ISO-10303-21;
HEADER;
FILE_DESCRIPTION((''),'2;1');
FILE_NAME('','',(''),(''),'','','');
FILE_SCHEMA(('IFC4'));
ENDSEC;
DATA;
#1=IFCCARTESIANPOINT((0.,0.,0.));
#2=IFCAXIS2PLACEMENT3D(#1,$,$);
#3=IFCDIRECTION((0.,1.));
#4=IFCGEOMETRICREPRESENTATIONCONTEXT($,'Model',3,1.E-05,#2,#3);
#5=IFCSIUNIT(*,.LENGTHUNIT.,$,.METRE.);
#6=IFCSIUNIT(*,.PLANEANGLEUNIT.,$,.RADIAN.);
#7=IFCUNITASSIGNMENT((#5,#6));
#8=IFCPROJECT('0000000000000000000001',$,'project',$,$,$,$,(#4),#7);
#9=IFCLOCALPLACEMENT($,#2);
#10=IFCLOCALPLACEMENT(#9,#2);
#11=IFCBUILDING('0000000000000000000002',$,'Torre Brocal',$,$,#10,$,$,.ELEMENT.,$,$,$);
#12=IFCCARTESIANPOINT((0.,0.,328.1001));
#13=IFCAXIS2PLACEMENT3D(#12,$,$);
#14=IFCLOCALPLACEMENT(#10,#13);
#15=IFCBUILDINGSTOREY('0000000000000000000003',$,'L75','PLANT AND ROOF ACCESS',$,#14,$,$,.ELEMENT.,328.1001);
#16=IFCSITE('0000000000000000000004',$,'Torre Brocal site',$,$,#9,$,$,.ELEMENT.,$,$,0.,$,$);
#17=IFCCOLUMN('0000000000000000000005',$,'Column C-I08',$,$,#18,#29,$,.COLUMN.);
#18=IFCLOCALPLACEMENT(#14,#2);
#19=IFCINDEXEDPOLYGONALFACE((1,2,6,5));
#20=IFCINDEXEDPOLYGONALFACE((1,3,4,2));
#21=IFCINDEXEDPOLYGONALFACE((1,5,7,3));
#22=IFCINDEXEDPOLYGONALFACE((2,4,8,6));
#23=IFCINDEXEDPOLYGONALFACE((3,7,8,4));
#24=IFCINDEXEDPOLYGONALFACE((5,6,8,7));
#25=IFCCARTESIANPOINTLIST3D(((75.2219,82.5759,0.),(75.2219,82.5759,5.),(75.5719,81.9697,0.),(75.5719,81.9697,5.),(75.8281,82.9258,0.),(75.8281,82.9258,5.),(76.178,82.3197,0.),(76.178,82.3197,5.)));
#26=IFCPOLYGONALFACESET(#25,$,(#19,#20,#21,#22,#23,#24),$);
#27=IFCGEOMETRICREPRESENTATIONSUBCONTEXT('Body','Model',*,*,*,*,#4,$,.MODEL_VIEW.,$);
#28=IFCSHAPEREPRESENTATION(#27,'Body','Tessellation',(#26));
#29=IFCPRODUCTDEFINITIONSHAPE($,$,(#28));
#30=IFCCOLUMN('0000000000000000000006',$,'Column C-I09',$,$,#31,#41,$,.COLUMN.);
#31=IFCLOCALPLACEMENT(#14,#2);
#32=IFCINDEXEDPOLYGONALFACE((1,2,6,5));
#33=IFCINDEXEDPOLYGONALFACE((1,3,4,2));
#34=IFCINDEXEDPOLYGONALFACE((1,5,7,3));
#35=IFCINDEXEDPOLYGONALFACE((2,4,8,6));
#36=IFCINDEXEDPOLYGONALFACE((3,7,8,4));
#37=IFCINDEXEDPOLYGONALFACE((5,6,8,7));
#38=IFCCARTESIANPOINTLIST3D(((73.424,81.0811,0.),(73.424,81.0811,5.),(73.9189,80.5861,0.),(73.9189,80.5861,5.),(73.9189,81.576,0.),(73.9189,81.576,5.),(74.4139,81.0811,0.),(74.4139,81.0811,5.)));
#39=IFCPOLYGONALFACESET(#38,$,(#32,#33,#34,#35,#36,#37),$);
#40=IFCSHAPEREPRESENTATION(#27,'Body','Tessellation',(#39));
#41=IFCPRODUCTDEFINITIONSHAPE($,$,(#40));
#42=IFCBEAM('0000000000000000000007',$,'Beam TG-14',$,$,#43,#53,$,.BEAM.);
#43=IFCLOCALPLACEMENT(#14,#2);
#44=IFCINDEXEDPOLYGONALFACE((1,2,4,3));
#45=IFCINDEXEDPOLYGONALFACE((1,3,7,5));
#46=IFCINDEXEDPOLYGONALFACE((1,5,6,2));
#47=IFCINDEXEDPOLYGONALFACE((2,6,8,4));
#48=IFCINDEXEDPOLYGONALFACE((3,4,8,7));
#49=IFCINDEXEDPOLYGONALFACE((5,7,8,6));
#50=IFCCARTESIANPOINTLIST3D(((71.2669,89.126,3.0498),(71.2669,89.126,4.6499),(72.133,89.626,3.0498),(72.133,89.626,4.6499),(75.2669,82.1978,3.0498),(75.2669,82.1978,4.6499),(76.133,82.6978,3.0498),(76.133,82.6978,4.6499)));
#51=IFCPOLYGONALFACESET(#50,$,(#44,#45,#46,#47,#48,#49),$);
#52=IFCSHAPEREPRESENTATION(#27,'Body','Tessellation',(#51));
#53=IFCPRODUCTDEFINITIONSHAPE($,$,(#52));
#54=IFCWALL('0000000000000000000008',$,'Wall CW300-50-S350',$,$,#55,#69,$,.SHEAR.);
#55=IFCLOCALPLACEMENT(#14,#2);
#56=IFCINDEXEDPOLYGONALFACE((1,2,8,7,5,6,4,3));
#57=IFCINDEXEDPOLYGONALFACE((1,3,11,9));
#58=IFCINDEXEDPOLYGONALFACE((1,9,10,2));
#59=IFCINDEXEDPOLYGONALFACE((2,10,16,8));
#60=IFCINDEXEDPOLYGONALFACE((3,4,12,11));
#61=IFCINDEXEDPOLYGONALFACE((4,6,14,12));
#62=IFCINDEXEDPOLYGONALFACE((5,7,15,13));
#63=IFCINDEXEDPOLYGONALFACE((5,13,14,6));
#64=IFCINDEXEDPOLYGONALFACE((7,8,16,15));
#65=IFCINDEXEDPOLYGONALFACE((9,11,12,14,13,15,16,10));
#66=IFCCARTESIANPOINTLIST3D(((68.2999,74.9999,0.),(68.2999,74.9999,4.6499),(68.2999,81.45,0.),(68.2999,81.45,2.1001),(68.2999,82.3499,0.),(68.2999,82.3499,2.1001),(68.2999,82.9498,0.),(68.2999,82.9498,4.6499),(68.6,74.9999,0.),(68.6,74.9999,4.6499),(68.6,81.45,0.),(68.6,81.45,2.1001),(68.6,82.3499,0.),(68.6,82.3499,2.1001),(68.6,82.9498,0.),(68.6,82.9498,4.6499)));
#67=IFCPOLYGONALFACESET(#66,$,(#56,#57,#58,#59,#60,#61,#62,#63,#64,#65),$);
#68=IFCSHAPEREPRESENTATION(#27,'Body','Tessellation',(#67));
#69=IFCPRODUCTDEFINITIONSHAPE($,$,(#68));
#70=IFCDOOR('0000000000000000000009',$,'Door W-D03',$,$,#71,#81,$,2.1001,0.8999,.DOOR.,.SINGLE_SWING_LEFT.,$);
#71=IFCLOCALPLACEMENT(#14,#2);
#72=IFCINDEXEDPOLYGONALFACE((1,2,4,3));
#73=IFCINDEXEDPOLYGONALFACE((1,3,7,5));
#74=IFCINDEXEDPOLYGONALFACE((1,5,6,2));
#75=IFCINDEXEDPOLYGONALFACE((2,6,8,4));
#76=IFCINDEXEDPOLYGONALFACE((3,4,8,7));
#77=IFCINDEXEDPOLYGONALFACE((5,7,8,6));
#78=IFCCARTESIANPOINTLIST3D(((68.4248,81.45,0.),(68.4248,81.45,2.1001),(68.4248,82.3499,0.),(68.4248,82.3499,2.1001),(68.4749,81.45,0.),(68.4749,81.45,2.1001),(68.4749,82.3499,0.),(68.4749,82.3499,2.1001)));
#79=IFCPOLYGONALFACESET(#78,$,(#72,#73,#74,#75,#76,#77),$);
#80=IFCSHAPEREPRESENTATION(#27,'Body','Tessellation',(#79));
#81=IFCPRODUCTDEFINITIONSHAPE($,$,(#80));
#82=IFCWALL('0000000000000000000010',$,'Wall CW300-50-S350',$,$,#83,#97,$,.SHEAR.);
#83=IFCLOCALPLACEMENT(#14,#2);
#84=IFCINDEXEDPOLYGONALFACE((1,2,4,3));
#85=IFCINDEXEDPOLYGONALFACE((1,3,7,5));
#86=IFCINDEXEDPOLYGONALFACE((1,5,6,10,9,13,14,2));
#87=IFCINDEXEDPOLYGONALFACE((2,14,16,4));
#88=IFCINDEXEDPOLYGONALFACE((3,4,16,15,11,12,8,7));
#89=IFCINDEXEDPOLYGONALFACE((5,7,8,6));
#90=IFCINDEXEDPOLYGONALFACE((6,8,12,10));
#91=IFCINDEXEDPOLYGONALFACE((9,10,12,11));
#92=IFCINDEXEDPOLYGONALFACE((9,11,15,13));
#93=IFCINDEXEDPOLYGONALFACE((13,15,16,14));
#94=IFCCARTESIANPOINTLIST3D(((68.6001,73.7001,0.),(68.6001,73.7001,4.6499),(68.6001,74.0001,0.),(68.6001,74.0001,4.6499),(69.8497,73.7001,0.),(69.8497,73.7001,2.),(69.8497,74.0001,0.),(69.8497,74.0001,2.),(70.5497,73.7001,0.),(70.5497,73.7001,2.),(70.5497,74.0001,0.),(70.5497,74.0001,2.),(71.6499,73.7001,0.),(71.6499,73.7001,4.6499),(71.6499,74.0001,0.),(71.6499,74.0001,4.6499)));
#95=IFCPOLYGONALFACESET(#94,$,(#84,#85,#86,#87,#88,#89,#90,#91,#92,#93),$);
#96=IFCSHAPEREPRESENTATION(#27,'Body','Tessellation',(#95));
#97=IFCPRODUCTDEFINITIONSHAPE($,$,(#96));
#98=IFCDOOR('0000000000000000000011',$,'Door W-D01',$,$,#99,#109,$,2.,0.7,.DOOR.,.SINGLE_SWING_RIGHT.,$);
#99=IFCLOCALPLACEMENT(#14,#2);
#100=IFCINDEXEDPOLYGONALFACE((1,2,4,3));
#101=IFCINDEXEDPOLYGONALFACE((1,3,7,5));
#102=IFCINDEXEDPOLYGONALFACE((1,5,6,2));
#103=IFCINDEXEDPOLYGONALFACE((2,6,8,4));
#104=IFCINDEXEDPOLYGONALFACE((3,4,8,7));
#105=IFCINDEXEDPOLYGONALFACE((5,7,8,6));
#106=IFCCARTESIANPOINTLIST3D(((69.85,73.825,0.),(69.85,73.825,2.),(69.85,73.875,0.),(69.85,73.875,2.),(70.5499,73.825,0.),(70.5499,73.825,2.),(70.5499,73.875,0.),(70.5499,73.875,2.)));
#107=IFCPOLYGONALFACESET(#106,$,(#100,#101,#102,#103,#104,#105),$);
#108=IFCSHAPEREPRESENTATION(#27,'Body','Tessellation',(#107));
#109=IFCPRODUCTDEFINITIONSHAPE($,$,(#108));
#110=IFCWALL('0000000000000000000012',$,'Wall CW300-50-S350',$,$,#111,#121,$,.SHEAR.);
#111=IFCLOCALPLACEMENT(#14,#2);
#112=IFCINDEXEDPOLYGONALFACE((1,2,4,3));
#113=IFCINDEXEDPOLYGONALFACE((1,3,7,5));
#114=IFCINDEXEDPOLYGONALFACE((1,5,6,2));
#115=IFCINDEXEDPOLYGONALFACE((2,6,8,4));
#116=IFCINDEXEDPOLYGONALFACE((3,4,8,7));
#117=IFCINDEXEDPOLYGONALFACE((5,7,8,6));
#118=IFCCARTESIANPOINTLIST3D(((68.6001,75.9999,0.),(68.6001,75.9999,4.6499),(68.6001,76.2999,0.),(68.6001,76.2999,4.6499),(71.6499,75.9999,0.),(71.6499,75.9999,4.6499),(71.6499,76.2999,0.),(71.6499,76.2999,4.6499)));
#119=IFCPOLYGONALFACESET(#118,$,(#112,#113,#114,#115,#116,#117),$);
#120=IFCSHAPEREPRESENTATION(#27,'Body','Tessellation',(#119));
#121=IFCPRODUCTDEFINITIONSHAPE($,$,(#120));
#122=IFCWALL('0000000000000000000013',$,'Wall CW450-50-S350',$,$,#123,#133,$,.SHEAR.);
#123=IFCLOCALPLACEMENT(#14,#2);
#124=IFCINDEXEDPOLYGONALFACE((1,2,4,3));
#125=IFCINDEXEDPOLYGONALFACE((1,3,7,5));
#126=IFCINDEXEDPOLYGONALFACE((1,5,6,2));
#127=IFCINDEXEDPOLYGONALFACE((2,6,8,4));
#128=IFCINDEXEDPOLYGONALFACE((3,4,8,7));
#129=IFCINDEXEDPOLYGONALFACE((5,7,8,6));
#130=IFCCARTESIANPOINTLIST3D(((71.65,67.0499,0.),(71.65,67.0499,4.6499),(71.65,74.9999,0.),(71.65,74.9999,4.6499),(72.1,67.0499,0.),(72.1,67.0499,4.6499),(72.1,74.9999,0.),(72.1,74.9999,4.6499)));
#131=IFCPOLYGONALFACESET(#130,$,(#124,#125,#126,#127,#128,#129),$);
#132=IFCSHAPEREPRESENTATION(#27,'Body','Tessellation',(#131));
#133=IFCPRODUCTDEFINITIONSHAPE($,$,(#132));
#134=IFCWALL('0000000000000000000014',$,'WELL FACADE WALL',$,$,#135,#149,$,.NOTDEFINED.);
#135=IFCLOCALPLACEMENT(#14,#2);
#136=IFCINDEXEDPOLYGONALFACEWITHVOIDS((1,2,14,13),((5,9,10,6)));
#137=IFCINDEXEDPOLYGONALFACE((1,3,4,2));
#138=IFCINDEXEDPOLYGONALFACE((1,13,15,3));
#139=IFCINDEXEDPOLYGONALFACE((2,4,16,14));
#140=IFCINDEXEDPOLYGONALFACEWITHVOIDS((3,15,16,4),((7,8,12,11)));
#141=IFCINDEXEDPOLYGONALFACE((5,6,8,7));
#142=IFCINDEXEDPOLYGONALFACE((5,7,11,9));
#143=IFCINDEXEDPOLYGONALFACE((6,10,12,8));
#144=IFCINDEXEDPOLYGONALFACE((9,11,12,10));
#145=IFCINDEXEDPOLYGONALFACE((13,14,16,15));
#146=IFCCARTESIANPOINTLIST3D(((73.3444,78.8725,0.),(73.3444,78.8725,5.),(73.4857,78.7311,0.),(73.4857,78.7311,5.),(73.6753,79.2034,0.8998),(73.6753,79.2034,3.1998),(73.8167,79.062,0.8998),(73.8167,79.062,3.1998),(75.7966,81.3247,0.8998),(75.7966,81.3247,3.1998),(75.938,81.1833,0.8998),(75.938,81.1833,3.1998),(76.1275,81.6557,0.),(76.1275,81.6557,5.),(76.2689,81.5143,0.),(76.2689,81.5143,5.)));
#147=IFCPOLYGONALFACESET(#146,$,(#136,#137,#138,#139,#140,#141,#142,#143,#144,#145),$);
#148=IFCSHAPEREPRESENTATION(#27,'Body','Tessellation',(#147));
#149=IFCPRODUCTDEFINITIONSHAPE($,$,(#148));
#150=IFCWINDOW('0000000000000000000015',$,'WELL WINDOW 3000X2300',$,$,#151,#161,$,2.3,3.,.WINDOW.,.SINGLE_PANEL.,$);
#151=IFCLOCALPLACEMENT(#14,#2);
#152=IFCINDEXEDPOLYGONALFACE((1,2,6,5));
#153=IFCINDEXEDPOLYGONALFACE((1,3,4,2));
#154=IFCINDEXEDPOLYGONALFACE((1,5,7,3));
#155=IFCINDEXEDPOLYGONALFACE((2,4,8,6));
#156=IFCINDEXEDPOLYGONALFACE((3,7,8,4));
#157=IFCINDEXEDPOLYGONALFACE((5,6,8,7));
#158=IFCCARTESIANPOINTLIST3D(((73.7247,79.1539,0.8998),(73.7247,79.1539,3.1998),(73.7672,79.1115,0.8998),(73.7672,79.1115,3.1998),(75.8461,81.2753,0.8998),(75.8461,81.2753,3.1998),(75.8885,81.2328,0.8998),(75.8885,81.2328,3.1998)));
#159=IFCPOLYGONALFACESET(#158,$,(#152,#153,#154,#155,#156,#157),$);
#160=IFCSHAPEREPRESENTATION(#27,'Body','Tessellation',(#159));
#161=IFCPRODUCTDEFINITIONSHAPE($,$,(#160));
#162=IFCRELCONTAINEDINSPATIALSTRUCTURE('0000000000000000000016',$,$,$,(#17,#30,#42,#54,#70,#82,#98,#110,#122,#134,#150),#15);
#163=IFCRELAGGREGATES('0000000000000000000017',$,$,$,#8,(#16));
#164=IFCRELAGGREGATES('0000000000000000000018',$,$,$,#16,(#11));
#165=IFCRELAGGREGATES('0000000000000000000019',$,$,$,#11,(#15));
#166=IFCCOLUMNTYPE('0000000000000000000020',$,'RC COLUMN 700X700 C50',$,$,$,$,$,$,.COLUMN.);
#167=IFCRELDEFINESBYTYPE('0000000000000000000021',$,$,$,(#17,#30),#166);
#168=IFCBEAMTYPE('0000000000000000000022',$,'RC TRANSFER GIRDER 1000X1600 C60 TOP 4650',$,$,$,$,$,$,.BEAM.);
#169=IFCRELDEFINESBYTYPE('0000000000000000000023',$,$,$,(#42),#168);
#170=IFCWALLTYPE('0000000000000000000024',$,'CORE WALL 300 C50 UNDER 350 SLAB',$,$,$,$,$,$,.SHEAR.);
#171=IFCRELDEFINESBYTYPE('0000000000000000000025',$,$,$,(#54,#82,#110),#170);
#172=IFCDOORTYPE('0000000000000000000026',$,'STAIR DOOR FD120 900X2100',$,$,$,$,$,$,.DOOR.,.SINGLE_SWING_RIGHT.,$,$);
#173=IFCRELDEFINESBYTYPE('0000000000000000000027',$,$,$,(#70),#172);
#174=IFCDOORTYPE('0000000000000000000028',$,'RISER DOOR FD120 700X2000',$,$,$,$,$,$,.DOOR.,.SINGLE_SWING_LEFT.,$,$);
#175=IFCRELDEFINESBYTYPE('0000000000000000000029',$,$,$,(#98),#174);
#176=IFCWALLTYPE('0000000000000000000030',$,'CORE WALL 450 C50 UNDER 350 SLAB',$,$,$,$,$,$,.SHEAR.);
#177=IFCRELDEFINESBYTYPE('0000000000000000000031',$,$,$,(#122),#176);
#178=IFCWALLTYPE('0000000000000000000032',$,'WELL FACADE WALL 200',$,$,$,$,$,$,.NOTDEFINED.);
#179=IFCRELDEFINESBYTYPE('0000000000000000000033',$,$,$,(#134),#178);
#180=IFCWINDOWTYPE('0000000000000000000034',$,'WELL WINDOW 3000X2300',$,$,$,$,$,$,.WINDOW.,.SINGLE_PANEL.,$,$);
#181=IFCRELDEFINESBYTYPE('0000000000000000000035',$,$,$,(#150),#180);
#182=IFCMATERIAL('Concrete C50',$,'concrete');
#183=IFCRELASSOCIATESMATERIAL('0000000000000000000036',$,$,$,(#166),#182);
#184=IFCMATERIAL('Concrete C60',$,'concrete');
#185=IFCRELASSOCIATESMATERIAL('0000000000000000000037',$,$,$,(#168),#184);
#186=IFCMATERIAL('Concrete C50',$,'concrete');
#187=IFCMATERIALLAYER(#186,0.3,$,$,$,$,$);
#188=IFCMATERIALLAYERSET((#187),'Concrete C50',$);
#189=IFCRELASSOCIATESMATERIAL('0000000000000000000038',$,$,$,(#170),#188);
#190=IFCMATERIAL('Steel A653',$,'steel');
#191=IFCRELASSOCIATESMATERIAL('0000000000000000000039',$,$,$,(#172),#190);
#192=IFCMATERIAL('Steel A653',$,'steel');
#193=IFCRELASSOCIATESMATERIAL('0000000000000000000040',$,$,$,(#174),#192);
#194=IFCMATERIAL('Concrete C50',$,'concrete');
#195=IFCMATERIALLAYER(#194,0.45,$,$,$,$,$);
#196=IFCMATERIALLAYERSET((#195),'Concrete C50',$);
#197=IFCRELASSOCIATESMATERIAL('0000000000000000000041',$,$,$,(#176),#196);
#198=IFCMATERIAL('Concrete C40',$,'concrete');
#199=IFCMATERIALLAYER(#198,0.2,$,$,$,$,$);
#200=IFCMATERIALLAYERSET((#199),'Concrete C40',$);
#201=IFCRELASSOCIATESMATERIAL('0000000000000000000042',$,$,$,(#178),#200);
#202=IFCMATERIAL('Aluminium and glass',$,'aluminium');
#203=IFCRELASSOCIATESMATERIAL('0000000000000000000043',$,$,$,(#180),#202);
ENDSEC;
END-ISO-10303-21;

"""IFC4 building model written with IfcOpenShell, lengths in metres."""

from ifc_helpers import new_model, si_unit, direction, frame, frame_2d, origin, origin_2d, place, context, subcontext, project, spatial, rectangle, extrude, material, layer, layer_set, material_profile, profile_set, type_object, element, fill, save


model = new_model("IFC4")

# Units and contexts
model_context = context("Model", 3, precision=1e-05, world=origin(), true_north=direction((0.0, 1.0)))
body_context = subcontext(model_context, "Body", "Model", "MODEL_VIEW")
ifc_project = project(units=[si_unit("LENGTHUNIT", "METRE"), si_unit("PLANEANGLEUNIT", "RADIAN")], contexts=[model_context])

# Site, building, storey
site_placement = place(None, origin())
site = spatial("IfcSite", under=ifc_project, at=site_placement, Name="Torre Brocal site", CompositionType="ELEMENT", RefElevation=0.0)
building_placement = place(site_placement, origin())
building = spatial("IfcBuilding", under=site, at=building_placement, Name="Torre Brocal", CompositionType="ELEMENT")
storey_placement = place(building_placement, frame((0.0, 0.0, 328.1001)))
storey = spatial("IfcBuildingStorey", under=building, at=storey_placement, Name="L75", Description="PLANT AND ROOF ACCESS", CompositionType="ELEMENT", Elevation=328.1001)

# Columns
ifc_material_1 = material(Name="Concrete C50", Category="concrete")
ifc_material_profile_1 = material_profile(ifc_material_1, rectangle(XDim=0.7, YDim=0.7, at=origin_2d()), Name="RC 700X700")
ifc_profile_set_1 = profile_set([ifc_material_profile_1], Name="Concrete C50")
column_type = type_object("IfcColumnType", Name="RC COLUMN 700X700 C50", PredefinedType="COLUMN", material=ifc_profile_set_1)
for number, where, z_axis, x_axis, name in (
    (1, (75.7, 82.4478, 0.0), (0.0, 0.0, 1.0), (-0.5, 0.866025, 0.0), "Column C-I08"),
    (2, (73.9189, 81.0811, 0.0), (0.0, 0.0, 1.0), (-0.707107, 0.707107, 0.0), "Column C-I09"),
):
    element("IfcColumn", number, at=place(storey_placement, frame(where, z_axis=z_axis, x_axis=x_axis)), inside=storey, type_object=column_type, Name=name, PredefinedType="COLUMN", context=body_context, shape_type="SweptSolid", body=[
        extrude(rectangle(XDim=0.7, YDim=0.7, at=origin_2d()), origin(), (0.0, 0.0, 1.0), 5.0),
    ])

# Beam
ifc_material_2 = material(Name="Concrete C60", Category="concrete")
ifc_material_profile_2 = material_profile(ifc_material_2, rectangle(XDim=1.0, YDim=1.6001, at=origin_2d()), Name="RC 1000X1600")
ifc_profile_set_2 = profile_set([ifc_material_profile_2], Name="Concrete C60")
beam_type = type_object("IfcBeamType", Name="RC TRANSFER GIRDER 1000X1600 C60 TOP 4650", PredefinedType="BEAM", material=ifc_profile_set_2)
beam_placement = place(storey_placement, frame((75.7, 82.4478, 3.8499), z_axis=(-0.499999, 0.866026, 0.0), x_axis=(-0.866026, -0.499999, 0.0)))
element("IfcBeam", 3, at=beam_placement, inside=storey, type_object=beam_type, Name="Beam TG-14", PredefinedType="BEAM", context=body_context, shape_type="SweptSolid", body=[
    extrude(rectangle(XDim=1.0, YDim=1.6001, at=origin_2d()), origin(), (0.0, 0.0, 1.0), 8.0),
])

# Walls, openings, doors
ifc_material_3 = material(Name="Concrete C50", Category="concrete")
ifc_layer_1 = layer(ifc_material_3, 0.3)
ifc_layer_set_1 = layer_set([ifc_layer_1], Name="Concrete C50")
wall_type_1 = type_object("IfcWallType", Name="CORE WALL 300 C50 UNDER 350 SLAB", PredefinedType="SHEAR", material=ifc_layer_set_1)
wall_1_placement = place(storey_placement, frame((68.45, 82.95, 0.0), z_axis=(0.0, 0.0, 1.0), x_axis=(0.0, -1.0, 0.0)))
wall_1 = element("IfcWall", 4, at=wall_1_placement, inside=storey, type_object=wall_type_1, Name="Wall CW300-50-S350", PredefinedType="SHEAR", context=body_context, shape_type="SweptSolid", body=[
    extrude(rectangle(XDim=7.95, YDim=0.3, at=frame_2d((3.9751, 0.0))), origin(), (0.0, 0.0, 1.0), 4.6499),
])
opening_1_placement = place(wall_1_placement, frame((0.6001, 0.0, 0.0)))
opening_1 = element("IfcOpeningElement", 5, at=opening_1_placement, cuts=wall_1, PredefinedType="OPENING", context=body_context, shape_type="SweptSolid", body=[
    extrude(rectangle(XDim=0.8999, YDim=2.1001, at=frame_2d((0.45, 1.05))), frame((0.0, 0.1599, 0.0), z_axis=(0.0, -1.0, 0.0), x_axis=(1.0, 0.0, 0.0)), (0.0, 0.0, 1.0), 0.3201),
])
ifc_material_4 = material(Name="Steel A653", Category="steel")
door_type_1 = type_object("IfcDoorType", Name="STAIR DOOR FD120 900X2100", OperationType="SINGLE_SWING_RIGHT", PredefinedType="DOOR", material=ifc_material_4)
door_1_placement = place(opening_1_placement, origin())
door_1 = element("IfcDoor", 6, at=door_1_placement, inside=storey, type_object=door_type_1, Name="Door W-D03", OperationType="SINGLE_SWING_LEFT", OverallHeight=2.1001, OverallWidth=0.8999, PredefinedType="DOOR", context=body_context, shape_type="SweptSolid", body=[
    extrude(rectangle(XDim=0.8999, YDim=2.1001, at=frame_2d((0.45, 1.05))), frame((0.0, 0.0249, 0.0), z_axis=(0.0, -1.0, 0.0), x_axis=(1.0, 0.0, 0.0)), (0.0, 0.0, 1.0), 0.05),
])
fill(opening_1, door_1)
wall_2_placement = place(storey_placement, frame((71.6499, 73.8501, 0.0), z_axis=(0.0, 0.0, 1.0), x_axis=(-1.0, 0.0, 0.0)))
wall_2 = element("IfcWall", 7, at=wall_2_placement, inside=storey, type_object=wall_type_1, Name="Wall CW300-50-S350", PredefinedType="SHEAR", context=body_context, shape_type="SweptSolid", body=[
    extrude(rectangle(XDim=3.0498, YDim=0.3, at=frame_2d((1.5249, 0.0))), origin(), (0.0, 0.0, 1.0), 4.6499),
])
opening_2_placement = place(wall_2_placement, frame((1.1001, 0.0, 0.0)))
opening_2 = element("IfcOpeningElement", 8, at=opening_2_placement, cuts=wall_2, PredefinedType="OPENING", context=body_context, shape_type="SweptSolid", body=[
    extrude(rectangle(XDim=0.7, YDim=2.0, at=frame_2d((0.3501, 1.0))), frame((0.0, 0.1599, 0.0), z_axis=(0.0, -1.0, 0.0), x_axis=(1.0, 0.0, 0.0)), (0.0, 0.0, 1.0), 0.3201),
])
ifc_material_5 = material(Name="Steel A653", Category="steel")
door_type_2 = type_object("IfcDoorType", Name="RISER DOOR FD120 700X2000", OperationType="SINGLE_SWING_LEFT", PredefinedType="DOOR", material=ifc_material_5)
door_2_placement = place(opening_2_placement, frame((0.7, 0.0, 0.0), z_axis=(0.0, 0.0, 1.0), x_axis=(-1.0, 0.0, 0.0)))
door_2 = element("IfcDoor", 9, at=door_2_placement, inside=storey, type_object=door_type_2, Name="Door W-D01", OperationType="SINGLE_SWING_RIGHT", OverallHeight=2.0, OverallWidth=0.7, PredefinedType="DOOR", context=body_context, shape_type="SweptSolid", body=[
    extrude(rectangle(XDim=0.7, YDim=2.0, at=frame_2d((0.3501, 1.0))), frame((0.0, 0.0249, 0.0), z_axis=(0.0, -1.0, 0.0), x_axis=(1.0, 0.0, 0.0)), (0.0, 0.0, 1.0), 0.05),
])
fill(opening_2, door_2)

# Walls
wall_3_placement = place(storey_placement, frame((71.6499, 76.1499, 0.0), z_axis=(0.0, 0.0, 1.0), x_axis=(-1.0, 0.0, 0.0)))
element("IfcWall", 10, at=wall_3_placement, inside=storey, type_object=wall_type_1, Name="Wall CW300-50-S350", PredefinedType="SHEAR", context=body_context, shape_type="SweptSolid", body=[
    extrude(rectangle(XDim=3.0498, YDim=0.3, at=frame_2d((1.5249, 0.0))), origin(), (0.0, 0.0, 1.0), 4.6499),
])
ifc_material_6 = material(Name="Concrete C50", Category="concrete")
ifc_layer_2 = layer(ifc_material_6, 0.45)
ifc_layer_set_2 = layer_set([ifc_layer_2], Name="Concrete C50")
wall_type_2 = type_object("IfcWallType", Name="CORE WALL 450 C50 UNDER 350 SLAB", PredefinedType="SHEAR", material=ifc_layer_set_2)
wall_4_placement = place(storey_placement, frame((71.875, 75.0, 0.0), z_axis=(0.0, 0.0, 1.0), x_axis=(0.0, -1.0, 0.0)))
element("IfcWall", 11, at=wall_4_placement, inside=storey, type_object=wall_type_2, Name="Wall CW450-50-S350", PredefinedType="SHEAR", context=body_context, shape_type="SweptSolid", body=[
    extrude(rectangle(XDim=7.95, YDim=0.45, at=frame_2d((3.9751, 0.0))), origin(), (0.0, 0.0, 1.0), 4.6499),
])

# Wall, opening, window
ifc_material_7 = material(Name="Concrete C40", Category="concrete")
ifc_layer_3 = layer(ifc_material_7, 0.2)
ifc_layer_set_3 = layer_set([ifc_layer_3], Name="Concrete C40")
wall_type_3 = type_object("IfcWallType", Name="WELL FACADE WALL 200", PredefinedType="NOTDEFINED", material=ifc_layer_set_3)
wall_5_placement = place(storey_placement, frame((76.1982, 81.585, 0.0), z_axis=(0.0, 0.0, 1.0), x_axis=(-0.707107, -0.707107, 0.0)))
wall_5 = element("IfcWall", 12, at=wall_5_placement, inside=storey, type_object=wall_type_3, Name="WELL FACADE WALL", PredefinedType="NOTDEFINED", context=body_context, shape_type="SweptSolid", body=[
    extrude(rectangle(XDim=3.936, YDim=0.2, at=frame_2d((1.968, 0.0))), origin(), (0.0, 0.0, 1.0), 5.0),
])
opening_3_placement = place(wall_5_placement, frame((0.468, 0.0, 0.8999)))
opening_3 = element("IfcOpeningElement", 13, at=opening_3_placement, cuts=wall_5, PredefinedType="OPENING", context=body_context, shape_type="SweptSolid", body=[
    extrude(rectangle(XDim=3.0, YDim=2.3, at=frame_2d((1.5, 1.1499))), frame((0.0, 0.1099, 0.0), z_axis=(0.0, -1.0, 0.0), x_axis=(1.0, 0.0, 0.0)), (0.0, 0.0, 1.0), 0.22),
])
ifc_material_8 = material(Name="Aluminium and glass", Category="aluminium")
window_type = type_object("IfcWindowType", Name="WELL WINDOW 3000X2300", PartitioningType="SINGLE_PANEL", PredefinedType="WINDOW", material=ifc_material_8)
window_1_placement = place(opening_3_placement, origin())
window_1 = element("IfcWindow", 14, at=window_1_placement, inside=storey, type_object=window_type, Name="WELL WINDOW 3000X2300", OverallHeight=2.3, OverallWidth=3.0, PartitioningType="SINGLE_PANEL", PredefinedType="WINDOW", context=body_context, shape_type="SweptSolid", body=[
    extrude(rectangle(XDim=3.0, YDim=2.3, at=frame_2d((1.5, 1.1499))), frame((0.0, 0.03, 0.0), z_axis=(0.0, -1.0, 0.0), x_axis=(1.0, 0.0, 0.0)), (0.0, 0.0, 1.0), 0.0601),
])
fill(opening_3, window_1)

save(model, "model.ifc")
